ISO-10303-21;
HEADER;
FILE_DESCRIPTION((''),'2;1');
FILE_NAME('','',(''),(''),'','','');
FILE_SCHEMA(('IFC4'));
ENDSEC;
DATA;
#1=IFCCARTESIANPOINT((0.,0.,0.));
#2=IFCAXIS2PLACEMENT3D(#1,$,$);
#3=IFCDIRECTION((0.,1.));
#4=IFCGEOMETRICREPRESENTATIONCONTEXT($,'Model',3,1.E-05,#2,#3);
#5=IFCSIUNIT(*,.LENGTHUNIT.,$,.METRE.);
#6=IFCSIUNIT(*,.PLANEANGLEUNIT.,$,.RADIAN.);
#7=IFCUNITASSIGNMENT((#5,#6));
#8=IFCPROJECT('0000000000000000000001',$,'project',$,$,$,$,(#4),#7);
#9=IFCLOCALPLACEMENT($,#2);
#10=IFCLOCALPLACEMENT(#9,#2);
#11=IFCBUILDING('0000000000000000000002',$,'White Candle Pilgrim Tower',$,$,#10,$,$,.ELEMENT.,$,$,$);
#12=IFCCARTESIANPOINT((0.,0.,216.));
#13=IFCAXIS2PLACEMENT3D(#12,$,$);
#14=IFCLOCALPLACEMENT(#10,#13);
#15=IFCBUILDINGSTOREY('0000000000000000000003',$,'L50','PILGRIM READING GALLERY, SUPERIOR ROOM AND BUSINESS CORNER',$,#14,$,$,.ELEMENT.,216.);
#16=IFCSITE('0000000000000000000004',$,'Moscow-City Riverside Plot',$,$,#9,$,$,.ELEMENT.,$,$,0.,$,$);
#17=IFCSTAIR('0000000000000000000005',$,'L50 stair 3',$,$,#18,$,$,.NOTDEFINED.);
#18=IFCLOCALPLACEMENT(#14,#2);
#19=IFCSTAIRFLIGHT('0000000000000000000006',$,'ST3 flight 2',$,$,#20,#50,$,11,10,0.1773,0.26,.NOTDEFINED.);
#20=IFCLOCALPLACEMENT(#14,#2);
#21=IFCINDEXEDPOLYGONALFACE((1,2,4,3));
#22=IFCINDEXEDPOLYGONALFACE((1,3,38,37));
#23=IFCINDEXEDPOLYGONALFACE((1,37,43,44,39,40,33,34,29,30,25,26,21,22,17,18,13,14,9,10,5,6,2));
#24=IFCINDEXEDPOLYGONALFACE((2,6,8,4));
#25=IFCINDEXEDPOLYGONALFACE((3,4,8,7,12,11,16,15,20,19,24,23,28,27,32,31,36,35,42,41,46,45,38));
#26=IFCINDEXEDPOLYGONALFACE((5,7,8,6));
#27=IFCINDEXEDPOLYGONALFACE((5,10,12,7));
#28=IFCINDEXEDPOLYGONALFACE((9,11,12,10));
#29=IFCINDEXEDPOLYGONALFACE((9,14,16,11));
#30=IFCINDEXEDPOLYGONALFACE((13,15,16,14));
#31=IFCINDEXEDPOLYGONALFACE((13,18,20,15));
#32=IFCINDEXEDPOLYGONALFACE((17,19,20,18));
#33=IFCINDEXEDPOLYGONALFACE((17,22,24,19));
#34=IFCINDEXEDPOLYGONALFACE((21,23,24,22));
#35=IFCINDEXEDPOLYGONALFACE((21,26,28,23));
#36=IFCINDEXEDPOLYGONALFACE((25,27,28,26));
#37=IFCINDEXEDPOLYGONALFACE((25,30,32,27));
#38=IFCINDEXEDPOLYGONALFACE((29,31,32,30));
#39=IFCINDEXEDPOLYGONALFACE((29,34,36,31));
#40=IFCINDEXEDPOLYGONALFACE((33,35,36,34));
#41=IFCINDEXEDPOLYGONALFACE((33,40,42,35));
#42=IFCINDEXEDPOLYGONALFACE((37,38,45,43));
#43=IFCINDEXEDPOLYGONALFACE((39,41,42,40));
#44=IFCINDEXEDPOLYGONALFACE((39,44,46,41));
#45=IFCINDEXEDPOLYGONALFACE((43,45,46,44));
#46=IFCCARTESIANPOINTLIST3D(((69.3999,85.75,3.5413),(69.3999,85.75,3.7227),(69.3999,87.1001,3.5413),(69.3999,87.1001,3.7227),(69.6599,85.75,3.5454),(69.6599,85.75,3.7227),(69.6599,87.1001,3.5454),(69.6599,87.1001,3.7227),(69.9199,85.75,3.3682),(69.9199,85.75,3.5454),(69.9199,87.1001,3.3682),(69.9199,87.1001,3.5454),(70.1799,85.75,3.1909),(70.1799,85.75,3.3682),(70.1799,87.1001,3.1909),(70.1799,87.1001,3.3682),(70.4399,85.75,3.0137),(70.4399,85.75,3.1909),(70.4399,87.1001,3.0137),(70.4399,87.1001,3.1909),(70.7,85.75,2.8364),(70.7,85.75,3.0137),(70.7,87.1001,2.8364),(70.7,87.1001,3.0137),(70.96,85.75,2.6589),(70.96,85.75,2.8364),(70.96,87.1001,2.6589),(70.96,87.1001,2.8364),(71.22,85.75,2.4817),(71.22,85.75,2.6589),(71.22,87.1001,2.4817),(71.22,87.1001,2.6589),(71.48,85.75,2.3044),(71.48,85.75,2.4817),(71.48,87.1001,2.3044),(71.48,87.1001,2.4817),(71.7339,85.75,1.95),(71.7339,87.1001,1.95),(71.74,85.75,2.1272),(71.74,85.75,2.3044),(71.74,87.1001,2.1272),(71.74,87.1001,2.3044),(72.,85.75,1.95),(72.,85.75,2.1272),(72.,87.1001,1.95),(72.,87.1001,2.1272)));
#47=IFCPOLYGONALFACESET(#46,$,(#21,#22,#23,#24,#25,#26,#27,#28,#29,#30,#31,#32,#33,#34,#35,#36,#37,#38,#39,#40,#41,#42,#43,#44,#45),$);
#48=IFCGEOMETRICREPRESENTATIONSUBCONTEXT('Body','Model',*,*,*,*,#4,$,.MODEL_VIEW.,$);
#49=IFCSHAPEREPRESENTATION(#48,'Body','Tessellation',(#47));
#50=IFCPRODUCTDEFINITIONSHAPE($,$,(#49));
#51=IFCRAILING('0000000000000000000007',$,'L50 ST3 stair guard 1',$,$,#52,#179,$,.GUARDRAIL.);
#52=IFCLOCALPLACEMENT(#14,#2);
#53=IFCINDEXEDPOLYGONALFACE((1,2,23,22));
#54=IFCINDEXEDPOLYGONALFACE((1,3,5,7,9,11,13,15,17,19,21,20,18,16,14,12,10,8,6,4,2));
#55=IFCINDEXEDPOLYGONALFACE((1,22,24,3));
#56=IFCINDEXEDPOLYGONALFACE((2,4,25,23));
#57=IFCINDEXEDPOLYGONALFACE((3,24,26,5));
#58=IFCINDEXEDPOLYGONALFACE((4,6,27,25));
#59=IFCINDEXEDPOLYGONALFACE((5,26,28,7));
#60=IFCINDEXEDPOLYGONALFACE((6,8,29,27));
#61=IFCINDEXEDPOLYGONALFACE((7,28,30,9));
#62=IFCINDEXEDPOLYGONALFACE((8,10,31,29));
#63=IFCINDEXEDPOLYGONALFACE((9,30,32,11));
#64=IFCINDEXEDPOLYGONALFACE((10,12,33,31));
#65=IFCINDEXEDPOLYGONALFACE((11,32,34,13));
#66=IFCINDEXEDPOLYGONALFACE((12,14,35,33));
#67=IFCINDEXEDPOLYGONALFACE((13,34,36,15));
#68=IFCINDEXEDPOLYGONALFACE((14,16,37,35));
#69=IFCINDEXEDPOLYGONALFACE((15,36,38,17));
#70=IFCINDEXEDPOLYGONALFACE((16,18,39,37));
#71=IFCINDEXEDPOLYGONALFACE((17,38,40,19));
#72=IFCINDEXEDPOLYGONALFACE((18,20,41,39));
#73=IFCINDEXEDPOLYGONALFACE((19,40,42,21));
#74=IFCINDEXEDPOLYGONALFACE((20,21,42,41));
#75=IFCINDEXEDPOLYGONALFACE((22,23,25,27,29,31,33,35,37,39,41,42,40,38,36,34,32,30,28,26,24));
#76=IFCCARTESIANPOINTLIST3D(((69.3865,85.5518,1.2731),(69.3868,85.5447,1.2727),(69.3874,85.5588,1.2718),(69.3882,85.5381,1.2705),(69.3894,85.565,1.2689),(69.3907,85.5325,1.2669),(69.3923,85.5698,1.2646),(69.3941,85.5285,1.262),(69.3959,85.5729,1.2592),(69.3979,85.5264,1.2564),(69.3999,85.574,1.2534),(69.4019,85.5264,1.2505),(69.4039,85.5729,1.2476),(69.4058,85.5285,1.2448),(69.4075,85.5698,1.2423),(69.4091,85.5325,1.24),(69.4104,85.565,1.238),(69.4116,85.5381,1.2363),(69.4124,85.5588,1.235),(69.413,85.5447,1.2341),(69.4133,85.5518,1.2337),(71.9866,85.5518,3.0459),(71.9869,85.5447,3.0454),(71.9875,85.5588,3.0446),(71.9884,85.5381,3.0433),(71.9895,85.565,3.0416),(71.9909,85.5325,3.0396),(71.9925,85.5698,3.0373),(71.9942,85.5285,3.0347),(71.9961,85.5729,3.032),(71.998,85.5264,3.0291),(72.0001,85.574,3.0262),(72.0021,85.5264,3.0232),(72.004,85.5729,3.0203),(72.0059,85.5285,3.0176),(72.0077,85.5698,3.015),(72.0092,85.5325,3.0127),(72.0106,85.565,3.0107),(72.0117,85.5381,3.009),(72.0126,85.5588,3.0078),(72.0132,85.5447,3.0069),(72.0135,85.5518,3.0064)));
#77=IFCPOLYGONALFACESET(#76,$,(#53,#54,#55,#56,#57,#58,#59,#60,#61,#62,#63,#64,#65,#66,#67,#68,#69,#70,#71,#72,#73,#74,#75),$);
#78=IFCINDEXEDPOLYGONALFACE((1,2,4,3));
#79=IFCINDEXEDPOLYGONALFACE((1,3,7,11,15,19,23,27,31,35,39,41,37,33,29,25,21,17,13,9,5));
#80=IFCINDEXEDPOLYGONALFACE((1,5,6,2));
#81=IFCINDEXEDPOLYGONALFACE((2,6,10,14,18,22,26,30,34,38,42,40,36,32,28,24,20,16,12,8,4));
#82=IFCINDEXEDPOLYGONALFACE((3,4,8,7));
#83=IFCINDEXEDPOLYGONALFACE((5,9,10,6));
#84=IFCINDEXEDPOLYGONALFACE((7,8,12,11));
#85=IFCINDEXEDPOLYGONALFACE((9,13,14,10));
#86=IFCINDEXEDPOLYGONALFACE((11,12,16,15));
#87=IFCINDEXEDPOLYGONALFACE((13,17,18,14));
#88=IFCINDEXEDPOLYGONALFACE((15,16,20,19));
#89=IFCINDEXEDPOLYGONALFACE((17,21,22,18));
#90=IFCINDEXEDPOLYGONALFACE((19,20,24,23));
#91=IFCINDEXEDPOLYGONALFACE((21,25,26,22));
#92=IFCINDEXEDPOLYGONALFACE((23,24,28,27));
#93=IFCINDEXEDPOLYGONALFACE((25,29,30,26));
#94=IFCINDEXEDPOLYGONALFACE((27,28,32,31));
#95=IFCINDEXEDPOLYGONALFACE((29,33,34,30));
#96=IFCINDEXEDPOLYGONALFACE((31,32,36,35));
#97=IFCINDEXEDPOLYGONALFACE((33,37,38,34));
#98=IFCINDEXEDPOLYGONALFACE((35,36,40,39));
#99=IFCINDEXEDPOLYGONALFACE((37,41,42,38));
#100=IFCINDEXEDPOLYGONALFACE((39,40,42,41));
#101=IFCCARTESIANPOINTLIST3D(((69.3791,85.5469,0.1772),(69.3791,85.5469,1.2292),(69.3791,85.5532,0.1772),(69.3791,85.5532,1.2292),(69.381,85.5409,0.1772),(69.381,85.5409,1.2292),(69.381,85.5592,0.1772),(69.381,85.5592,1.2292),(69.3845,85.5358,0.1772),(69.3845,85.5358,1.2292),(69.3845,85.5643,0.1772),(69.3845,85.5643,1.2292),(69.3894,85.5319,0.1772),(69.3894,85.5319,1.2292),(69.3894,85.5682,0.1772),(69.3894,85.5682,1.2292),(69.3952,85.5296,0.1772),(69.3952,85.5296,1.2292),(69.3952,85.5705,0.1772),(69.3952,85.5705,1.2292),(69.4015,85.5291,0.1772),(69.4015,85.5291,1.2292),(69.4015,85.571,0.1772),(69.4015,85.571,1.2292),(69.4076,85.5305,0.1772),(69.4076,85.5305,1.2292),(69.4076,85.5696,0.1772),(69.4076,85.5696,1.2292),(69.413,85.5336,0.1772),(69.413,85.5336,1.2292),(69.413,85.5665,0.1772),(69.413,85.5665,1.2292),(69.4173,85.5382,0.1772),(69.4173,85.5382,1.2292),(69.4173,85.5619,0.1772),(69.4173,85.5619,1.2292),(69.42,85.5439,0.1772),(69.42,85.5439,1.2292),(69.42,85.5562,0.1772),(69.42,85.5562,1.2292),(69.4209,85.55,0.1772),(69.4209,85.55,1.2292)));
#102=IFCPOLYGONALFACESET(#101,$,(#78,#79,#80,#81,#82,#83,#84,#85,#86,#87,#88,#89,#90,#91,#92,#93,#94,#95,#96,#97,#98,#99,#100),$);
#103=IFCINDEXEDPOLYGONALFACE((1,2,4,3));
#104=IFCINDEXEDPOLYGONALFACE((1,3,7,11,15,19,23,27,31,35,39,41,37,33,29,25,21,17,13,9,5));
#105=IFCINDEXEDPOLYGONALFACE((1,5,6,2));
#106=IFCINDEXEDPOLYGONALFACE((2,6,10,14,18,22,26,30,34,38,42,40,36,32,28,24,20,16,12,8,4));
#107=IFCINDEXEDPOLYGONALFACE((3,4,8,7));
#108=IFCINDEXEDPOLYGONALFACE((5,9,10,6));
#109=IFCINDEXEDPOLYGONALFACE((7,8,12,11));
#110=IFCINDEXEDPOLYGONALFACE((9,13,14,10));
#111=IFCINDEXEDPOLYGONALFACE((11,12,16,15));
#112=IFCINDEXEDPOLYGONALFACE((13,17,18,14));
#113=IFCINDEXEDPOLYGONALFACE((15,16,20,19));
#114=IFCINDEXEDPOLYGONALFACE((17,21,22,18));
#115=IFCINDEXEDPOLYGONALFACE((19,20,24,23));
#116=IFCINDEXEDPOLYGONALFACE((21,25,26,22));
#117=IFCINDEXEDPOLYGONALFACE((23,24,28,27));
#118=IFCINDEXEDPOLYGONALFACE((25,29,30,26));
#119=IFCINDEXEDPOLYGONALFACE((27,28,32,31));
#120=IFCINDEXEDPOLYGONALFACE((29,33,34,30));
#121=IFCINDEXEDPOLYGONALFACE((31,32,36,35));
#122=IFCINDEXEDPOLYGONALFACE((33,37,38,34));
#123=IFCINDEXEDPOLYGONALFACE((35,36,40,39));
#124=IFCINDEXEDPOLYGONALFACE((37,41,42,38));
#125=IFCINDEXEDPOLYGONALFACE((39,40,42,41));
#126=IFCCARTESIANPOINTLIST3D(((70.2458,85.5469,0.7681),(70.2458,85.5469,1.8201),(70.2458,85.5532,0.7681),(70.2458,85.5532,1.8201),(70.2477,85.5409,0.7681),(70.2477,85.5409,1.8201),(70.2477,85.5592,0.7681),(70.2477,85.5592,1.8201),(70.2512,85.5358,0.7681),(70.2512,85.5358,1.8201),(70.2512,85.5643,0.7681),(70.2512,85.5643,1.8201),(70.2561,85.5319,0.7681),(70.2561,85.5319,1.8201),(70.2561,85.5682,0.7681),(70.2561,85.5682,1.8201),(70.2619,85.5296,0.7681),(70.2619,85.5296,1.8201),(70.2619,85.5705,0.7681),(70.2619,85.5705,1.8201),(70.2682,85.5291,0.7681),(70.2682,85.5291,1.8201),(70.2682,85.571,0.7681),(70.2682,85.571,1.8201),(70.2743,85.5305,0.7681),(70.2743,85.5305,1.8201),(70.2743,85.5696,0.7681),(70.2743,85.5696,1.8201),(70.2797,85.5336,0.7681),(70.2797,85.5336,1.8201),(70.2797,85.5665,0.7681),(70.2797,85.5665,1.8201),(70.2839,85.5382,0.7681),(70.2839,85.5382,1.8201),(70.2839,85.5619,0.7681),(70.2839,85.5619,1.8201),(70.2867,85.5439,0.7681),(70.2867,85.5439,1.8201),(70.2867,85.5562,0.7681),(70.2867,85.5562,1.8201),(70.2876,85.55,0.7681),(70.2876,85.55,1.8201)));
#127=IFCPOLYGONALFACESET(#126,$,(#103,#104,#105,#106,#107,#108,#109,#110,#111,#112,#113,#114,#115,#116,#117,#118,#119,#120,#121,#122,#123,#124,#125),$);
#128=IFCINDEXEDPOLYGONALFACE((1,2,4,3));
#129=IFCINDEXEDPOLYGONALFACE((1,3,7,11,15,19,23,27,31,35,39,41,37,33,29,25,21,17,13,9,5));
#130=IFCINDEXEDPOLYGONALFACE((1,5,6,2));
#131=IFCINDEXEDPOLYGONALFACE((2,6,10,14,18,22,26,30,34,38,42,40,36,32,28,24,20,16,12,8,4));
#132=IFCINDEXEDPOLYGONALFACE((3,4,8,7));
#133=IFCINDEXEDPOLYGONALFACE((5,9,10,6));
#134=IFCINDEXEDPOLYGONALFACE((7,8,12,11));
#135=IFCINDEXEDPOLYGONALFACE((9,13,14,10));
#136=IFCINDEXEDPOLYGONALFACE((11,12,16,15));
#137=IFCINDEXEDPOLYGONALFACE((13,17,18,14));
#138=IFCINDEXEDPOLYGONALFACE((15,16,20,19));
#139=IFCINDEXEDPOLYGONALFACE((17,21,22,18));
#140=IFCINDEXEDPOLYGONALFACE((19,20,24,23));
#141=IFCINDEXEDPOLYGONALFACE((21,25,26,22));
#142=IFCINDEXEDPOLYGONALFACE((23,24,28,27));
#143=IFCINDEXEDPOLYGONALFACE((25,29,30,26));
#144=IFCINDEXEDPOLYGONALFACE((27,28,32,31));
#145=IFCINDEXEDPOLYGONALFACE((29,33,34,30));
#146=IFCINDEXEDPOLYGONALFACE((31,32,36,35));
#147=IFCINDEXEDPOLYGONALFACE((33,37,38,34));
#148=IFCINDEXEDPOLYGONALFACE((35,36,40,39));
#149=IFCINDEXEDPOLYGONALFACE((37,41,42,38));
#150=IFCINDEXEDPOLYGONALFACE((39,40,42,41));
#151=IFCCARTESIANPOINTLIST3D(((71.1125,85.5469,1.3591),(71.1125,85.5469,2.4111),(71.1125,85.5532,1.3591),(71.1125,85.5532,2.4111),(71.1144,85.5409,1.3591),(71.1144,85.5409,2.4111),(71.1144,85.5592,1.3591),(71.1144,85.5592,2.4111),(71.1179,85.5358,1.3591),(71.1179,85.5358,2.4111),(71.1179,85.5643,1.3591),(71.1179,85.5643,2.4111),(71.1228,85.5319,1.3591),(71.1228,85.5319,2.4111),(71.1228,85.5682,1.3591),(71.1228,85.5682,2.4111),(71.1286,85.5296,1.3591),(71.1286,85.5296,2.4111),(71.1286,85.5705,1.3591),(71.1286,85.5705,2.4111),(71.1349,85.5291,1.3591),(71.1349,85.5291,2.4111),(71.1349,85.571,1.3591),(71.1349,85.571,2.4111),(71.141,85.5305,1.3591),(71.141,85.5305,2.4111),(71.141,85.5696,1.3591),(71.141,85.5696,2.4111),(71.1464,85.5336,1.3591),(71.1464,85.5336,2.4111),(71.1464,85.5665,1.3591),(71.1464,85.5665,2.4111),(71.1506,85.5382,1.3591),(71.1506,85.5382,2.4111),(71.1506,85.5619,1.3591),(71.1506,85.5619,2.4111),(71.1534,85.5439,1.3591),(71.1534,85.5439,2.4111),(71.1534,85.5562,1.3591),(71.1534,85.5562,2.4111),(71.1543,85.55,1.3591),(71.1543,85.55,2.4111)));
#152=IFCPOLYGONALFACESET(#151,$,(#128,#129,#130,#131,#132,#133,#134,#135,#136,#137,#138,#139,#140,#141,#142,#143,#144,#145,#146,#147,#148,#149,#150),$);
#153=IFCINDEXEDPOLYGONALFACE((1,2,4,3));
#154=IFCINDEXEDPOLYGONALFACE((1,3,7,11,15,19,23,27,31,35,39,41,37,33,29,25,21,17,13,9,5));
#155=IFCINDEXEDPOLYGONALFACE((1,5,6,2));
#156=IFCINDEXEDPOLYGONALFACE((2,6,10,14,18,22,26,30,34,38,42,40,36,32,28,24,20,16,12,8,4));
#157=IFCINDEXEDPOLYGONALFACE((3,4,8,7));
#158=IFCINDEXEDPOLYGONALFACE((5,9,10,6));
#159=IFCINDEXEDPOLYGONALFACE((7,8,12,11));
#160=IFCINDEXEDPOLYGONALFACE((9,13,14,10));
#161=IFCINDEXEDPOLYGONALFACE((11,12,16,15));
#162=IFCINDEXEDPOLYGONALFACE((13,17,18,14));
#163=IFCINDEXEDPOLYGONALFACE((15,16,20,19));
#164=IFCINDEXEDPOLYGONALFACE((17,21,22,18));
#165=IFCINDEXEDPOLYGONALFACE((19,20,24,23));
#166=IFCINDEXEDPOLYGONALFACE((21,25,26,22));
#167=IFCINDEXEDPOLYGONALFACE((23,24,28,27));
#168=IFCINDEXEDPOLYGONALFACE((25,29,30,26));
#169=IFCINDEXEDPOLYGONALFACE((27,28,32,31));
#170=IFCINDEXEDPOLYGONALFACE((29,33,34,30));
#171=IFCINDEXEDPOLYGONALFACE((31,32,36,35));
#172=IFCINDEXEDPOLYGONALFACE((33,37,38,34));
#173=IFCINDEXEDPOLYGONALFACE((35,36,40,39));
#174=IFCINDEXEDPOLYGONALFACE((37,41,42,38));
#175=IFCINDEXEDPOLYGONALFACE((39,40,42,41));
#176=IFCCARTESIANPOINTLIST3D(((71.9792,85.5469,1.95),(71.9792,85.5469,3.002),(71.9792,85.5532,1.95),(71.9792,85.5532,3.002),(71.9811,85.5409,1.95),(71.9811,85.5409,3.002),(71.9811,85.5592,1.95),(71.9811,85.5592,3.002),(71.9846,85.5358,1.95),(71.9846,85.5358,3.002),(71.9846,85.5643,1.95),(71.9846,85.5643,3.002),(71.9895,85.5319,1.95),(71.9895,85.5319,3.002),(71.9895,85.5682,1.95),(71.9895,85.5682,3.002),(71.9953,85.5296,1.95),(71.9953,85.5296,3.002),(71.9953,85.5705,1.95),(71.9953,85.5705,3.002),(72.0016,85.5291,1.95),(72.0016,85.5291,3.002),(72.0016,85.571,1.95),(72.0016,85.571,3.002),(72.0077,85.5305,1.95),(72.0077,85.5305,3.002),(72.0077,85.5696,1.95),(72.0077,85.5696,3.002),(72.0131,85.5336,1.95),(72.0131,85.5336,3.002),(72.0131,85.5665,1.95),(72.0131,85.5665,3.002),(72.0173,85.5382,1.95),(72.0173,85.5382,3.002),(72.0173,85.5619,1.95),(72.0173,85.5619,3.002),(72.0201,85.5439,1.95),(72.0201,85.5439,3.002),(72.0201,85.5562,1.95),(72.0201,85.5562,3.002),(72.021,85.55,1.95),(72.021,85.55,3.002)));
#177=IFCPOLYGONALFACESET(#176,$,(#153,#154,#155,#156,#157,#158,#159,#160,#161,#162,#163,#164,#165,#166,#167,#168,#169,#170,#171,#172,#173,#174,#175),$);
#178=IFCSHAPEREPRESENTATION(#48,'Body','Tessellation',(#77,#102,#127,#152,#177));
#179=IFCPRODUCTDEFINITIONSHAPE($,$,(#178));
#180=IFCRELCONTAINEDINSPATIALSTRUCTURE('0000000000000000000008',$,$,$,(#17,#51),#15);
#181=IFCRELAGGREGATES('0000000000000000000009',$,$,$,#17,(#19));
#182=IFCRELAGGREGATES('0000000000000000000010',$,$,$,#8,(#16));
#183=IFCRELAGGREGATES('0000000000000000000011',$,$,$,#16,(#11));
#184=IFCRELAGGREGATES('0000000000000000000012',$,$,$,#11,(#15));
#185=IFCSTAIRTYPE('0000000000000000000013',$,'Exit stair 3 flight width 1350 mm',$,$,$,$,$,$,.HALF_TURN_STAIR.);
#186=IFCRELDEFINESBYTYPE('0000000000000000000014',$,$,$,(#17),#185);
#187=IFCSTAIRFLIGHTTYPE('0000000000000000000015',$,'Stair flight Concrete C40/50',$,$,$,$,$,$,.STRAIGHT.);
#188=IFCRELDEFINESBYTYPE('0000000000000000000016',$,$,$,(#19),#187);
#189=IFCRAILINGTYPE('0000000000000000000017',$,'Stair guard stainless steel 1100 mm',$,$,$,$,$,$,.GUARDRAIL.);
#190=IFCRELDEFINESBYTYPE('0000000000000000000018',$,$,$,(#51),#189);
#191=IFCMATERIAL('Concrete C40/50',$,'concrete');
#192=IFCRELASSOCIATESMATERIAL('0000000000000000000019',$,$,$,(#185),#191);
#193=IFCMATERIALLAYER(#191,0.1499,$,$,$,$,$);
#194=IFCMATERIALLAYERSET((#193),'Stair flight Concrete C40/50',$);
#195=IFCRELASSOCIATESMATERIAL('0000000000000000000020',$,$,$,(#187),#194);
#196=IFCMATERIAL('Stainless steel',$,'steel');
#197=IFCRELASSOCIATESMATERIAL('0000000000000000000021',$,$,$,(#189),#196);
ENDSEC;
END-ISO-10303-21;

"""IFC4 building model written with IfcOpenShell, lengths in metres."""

from ifc_helpers import new_model, si_unit, direction, frame, origin, origin_2d, place, context, subcontext, project, spatial, polyline, circle, outline, extrude, material, layer, layer_set, type_object, element, aggregate, save


model = new_model("IFC4")

# Units and contexts
model_context = context("Model", 3, precision=1e-05, world=origin(), true_north=direction((0.0, 1.0)))
body_context = subcontext(model_context, "Body", "Model", "MODEL_VIEW")
ifc_project = project(units=[si_unit("LENGTHUNIT", "METRE"), si_unit("PLANEANGLEUNIT", "RADIAN")], contexts=[model_context])

# Site, building, storey
site_placement = place(None, origin())
site = spatial("IfcSite", under=ifc_project, at=site_placement, Name="Moscow-City Riverside Plot", CompositionType="ELEMENT", RefElevation=0.0)
building_placement = place(site_placement, origin())
building = spatial("IfcBuilding", under=site, at=building_placement, Name="White Candle Pilgrim Tower", CompositionType="ELEMENT")
storey_placement = place(building_placement, frame((0.0, 0.0, 216.0)))
storey = spatial("IfcBuildingStorey", under=building, at=storey_placement, Name="L50", Description="PILGRIM READING GALLERY, SUPERIOR ROOM AND BUSINESS CORNER", CompositionType="ELEMENT", Elevation=216.0)

# Stair, stair flight
ifc_material_1 = material(Name="Concrete C40/50", Category="concrete")
stair_type = type_object("IfcStairType", Name="Exit stair 3 flight width 1350 mm", PredefinedType="HALF_TURN_STAIR", material=ifc_material_1)
stair_placement = place(storey_placement, origin())
stair = element("IfcStair", 1, at=stair_placement, inside=storey, type_object=stair_type, Name="L50 stair 3", PredefinedType="NOTDEFINED")
ifc_layer_1 = layer(ifc_material_1, 0.1499)
ifc_layer_set_1 = layer_set([ifc_layer_1], Name="Stair flight Concrete C40/50")
stair_flight_type = type_object("IfcStairFlightType", Name="Stair flight Concrete C40/50", PredefinedType="STRAIGHT", material=ifc_layer_set_1)
stair_flight_1_placement = place(storey_placement, frame((72.0, 86.425, 1.95), z_axis=(0.0, 0.0, 1.0), x_axis=(-1.0, 0.0, 0.0)))
stair_flight_1 = element("IfcStairFlight", 2, at=stair_flight_1_placement, type_object=stair_flight_type, Name="ST3 flight 2", NumberOfRisers=11, NumberOfTreads=10, PredefinedType="NOTDEFINED", RiserHeight=0.1773, TreadLength=0.26, context=body_context, shape_type="SweptSolid", body=[
    extrude(outline(polyline([(0.0, 0.0), (0.0, 0.1772), (0.26, 0.1772), (0.26, 0.3545), (0.52, 0.3545), (0.52, 0.5317), (0.78, 0.5317), (0.78, 0.709), (1.04, 0.709), (1.04, 0.8865), (1.3, 0.8865), (1.3, 1.0637), (1.5601, 1.0637), (1.5601, 1.241), (1.8201, 1.241), (1.8201, 1.4182), (2.0801, 1.4182), (2.0801, 1.5955), (2.3401, 1.5955), (2.3401, 1.7727), (2.6001, 1.7727), (2.6001, 1.95), (2.6001, 1.5913), (0.2661, 0.0), (0.0, 0.0)])), frame((0.0, 0.675, 0.0), z_axis=(0.0, -1.0, 0.0), x_axis=(1.0, 0.0, 0.0)), (0.0, 0.0, 1.0), 1.3501),
])
aggregate(stair, [stair_flight_1])

# Railing
ifc_material_2 = material(Name="Stainless steel", Category="steel")
railing_type_1 = type_object("IfcRailingType", Name="Stair guard stainless steel 1100 mm", PredefinedType="GUARDRAIL", material=ifc_material_2)
railing_1_placement = place(storey_placement, frame((69.3999, 85.55, 0.1772)))
element("IfcRailing", 3, at=railing_1_placement, inside=storey, type_object=railing_type_1, Name="L50 ST3 stair guard 1", PredefinedType="GUARDRAIL", context=body_context, shape_type="SweptSolid", body=[
    extrude(circle(Radius=0.0239, at=origin_2d()), frame((0.0, 0.0, 1.0762), z_axis=(0.82624, 0.0, 0.563318), x_axis=(0.0, 1.0, 0.0)), (0.0, 0.0, 1.0), 3.147),
    extrude(circle(Radius=0.021, at=origin_2d()), origin(), (0.0, 0.0, 1.0), 1.052),
    extrude(circle(Radius=0.021, at=origin_2d()), frame((0.8667, 0.0, 0.5908)), (0.0, 0.0, 1.0), 1.052),
    extrude(circle(Radius=0.021, at=origin_2d()), frame((1.7334, 0.0, 1.1819)), (0.0, 0.0, 1.0), 1.052),
    extrude(circle(Radius=0.021, at=origin_2d()), frame((2.6001, 0.0, 1.7727)), (0.0, 0.0, 1.0), 1.052),
])

save(model, "model.ifc")
